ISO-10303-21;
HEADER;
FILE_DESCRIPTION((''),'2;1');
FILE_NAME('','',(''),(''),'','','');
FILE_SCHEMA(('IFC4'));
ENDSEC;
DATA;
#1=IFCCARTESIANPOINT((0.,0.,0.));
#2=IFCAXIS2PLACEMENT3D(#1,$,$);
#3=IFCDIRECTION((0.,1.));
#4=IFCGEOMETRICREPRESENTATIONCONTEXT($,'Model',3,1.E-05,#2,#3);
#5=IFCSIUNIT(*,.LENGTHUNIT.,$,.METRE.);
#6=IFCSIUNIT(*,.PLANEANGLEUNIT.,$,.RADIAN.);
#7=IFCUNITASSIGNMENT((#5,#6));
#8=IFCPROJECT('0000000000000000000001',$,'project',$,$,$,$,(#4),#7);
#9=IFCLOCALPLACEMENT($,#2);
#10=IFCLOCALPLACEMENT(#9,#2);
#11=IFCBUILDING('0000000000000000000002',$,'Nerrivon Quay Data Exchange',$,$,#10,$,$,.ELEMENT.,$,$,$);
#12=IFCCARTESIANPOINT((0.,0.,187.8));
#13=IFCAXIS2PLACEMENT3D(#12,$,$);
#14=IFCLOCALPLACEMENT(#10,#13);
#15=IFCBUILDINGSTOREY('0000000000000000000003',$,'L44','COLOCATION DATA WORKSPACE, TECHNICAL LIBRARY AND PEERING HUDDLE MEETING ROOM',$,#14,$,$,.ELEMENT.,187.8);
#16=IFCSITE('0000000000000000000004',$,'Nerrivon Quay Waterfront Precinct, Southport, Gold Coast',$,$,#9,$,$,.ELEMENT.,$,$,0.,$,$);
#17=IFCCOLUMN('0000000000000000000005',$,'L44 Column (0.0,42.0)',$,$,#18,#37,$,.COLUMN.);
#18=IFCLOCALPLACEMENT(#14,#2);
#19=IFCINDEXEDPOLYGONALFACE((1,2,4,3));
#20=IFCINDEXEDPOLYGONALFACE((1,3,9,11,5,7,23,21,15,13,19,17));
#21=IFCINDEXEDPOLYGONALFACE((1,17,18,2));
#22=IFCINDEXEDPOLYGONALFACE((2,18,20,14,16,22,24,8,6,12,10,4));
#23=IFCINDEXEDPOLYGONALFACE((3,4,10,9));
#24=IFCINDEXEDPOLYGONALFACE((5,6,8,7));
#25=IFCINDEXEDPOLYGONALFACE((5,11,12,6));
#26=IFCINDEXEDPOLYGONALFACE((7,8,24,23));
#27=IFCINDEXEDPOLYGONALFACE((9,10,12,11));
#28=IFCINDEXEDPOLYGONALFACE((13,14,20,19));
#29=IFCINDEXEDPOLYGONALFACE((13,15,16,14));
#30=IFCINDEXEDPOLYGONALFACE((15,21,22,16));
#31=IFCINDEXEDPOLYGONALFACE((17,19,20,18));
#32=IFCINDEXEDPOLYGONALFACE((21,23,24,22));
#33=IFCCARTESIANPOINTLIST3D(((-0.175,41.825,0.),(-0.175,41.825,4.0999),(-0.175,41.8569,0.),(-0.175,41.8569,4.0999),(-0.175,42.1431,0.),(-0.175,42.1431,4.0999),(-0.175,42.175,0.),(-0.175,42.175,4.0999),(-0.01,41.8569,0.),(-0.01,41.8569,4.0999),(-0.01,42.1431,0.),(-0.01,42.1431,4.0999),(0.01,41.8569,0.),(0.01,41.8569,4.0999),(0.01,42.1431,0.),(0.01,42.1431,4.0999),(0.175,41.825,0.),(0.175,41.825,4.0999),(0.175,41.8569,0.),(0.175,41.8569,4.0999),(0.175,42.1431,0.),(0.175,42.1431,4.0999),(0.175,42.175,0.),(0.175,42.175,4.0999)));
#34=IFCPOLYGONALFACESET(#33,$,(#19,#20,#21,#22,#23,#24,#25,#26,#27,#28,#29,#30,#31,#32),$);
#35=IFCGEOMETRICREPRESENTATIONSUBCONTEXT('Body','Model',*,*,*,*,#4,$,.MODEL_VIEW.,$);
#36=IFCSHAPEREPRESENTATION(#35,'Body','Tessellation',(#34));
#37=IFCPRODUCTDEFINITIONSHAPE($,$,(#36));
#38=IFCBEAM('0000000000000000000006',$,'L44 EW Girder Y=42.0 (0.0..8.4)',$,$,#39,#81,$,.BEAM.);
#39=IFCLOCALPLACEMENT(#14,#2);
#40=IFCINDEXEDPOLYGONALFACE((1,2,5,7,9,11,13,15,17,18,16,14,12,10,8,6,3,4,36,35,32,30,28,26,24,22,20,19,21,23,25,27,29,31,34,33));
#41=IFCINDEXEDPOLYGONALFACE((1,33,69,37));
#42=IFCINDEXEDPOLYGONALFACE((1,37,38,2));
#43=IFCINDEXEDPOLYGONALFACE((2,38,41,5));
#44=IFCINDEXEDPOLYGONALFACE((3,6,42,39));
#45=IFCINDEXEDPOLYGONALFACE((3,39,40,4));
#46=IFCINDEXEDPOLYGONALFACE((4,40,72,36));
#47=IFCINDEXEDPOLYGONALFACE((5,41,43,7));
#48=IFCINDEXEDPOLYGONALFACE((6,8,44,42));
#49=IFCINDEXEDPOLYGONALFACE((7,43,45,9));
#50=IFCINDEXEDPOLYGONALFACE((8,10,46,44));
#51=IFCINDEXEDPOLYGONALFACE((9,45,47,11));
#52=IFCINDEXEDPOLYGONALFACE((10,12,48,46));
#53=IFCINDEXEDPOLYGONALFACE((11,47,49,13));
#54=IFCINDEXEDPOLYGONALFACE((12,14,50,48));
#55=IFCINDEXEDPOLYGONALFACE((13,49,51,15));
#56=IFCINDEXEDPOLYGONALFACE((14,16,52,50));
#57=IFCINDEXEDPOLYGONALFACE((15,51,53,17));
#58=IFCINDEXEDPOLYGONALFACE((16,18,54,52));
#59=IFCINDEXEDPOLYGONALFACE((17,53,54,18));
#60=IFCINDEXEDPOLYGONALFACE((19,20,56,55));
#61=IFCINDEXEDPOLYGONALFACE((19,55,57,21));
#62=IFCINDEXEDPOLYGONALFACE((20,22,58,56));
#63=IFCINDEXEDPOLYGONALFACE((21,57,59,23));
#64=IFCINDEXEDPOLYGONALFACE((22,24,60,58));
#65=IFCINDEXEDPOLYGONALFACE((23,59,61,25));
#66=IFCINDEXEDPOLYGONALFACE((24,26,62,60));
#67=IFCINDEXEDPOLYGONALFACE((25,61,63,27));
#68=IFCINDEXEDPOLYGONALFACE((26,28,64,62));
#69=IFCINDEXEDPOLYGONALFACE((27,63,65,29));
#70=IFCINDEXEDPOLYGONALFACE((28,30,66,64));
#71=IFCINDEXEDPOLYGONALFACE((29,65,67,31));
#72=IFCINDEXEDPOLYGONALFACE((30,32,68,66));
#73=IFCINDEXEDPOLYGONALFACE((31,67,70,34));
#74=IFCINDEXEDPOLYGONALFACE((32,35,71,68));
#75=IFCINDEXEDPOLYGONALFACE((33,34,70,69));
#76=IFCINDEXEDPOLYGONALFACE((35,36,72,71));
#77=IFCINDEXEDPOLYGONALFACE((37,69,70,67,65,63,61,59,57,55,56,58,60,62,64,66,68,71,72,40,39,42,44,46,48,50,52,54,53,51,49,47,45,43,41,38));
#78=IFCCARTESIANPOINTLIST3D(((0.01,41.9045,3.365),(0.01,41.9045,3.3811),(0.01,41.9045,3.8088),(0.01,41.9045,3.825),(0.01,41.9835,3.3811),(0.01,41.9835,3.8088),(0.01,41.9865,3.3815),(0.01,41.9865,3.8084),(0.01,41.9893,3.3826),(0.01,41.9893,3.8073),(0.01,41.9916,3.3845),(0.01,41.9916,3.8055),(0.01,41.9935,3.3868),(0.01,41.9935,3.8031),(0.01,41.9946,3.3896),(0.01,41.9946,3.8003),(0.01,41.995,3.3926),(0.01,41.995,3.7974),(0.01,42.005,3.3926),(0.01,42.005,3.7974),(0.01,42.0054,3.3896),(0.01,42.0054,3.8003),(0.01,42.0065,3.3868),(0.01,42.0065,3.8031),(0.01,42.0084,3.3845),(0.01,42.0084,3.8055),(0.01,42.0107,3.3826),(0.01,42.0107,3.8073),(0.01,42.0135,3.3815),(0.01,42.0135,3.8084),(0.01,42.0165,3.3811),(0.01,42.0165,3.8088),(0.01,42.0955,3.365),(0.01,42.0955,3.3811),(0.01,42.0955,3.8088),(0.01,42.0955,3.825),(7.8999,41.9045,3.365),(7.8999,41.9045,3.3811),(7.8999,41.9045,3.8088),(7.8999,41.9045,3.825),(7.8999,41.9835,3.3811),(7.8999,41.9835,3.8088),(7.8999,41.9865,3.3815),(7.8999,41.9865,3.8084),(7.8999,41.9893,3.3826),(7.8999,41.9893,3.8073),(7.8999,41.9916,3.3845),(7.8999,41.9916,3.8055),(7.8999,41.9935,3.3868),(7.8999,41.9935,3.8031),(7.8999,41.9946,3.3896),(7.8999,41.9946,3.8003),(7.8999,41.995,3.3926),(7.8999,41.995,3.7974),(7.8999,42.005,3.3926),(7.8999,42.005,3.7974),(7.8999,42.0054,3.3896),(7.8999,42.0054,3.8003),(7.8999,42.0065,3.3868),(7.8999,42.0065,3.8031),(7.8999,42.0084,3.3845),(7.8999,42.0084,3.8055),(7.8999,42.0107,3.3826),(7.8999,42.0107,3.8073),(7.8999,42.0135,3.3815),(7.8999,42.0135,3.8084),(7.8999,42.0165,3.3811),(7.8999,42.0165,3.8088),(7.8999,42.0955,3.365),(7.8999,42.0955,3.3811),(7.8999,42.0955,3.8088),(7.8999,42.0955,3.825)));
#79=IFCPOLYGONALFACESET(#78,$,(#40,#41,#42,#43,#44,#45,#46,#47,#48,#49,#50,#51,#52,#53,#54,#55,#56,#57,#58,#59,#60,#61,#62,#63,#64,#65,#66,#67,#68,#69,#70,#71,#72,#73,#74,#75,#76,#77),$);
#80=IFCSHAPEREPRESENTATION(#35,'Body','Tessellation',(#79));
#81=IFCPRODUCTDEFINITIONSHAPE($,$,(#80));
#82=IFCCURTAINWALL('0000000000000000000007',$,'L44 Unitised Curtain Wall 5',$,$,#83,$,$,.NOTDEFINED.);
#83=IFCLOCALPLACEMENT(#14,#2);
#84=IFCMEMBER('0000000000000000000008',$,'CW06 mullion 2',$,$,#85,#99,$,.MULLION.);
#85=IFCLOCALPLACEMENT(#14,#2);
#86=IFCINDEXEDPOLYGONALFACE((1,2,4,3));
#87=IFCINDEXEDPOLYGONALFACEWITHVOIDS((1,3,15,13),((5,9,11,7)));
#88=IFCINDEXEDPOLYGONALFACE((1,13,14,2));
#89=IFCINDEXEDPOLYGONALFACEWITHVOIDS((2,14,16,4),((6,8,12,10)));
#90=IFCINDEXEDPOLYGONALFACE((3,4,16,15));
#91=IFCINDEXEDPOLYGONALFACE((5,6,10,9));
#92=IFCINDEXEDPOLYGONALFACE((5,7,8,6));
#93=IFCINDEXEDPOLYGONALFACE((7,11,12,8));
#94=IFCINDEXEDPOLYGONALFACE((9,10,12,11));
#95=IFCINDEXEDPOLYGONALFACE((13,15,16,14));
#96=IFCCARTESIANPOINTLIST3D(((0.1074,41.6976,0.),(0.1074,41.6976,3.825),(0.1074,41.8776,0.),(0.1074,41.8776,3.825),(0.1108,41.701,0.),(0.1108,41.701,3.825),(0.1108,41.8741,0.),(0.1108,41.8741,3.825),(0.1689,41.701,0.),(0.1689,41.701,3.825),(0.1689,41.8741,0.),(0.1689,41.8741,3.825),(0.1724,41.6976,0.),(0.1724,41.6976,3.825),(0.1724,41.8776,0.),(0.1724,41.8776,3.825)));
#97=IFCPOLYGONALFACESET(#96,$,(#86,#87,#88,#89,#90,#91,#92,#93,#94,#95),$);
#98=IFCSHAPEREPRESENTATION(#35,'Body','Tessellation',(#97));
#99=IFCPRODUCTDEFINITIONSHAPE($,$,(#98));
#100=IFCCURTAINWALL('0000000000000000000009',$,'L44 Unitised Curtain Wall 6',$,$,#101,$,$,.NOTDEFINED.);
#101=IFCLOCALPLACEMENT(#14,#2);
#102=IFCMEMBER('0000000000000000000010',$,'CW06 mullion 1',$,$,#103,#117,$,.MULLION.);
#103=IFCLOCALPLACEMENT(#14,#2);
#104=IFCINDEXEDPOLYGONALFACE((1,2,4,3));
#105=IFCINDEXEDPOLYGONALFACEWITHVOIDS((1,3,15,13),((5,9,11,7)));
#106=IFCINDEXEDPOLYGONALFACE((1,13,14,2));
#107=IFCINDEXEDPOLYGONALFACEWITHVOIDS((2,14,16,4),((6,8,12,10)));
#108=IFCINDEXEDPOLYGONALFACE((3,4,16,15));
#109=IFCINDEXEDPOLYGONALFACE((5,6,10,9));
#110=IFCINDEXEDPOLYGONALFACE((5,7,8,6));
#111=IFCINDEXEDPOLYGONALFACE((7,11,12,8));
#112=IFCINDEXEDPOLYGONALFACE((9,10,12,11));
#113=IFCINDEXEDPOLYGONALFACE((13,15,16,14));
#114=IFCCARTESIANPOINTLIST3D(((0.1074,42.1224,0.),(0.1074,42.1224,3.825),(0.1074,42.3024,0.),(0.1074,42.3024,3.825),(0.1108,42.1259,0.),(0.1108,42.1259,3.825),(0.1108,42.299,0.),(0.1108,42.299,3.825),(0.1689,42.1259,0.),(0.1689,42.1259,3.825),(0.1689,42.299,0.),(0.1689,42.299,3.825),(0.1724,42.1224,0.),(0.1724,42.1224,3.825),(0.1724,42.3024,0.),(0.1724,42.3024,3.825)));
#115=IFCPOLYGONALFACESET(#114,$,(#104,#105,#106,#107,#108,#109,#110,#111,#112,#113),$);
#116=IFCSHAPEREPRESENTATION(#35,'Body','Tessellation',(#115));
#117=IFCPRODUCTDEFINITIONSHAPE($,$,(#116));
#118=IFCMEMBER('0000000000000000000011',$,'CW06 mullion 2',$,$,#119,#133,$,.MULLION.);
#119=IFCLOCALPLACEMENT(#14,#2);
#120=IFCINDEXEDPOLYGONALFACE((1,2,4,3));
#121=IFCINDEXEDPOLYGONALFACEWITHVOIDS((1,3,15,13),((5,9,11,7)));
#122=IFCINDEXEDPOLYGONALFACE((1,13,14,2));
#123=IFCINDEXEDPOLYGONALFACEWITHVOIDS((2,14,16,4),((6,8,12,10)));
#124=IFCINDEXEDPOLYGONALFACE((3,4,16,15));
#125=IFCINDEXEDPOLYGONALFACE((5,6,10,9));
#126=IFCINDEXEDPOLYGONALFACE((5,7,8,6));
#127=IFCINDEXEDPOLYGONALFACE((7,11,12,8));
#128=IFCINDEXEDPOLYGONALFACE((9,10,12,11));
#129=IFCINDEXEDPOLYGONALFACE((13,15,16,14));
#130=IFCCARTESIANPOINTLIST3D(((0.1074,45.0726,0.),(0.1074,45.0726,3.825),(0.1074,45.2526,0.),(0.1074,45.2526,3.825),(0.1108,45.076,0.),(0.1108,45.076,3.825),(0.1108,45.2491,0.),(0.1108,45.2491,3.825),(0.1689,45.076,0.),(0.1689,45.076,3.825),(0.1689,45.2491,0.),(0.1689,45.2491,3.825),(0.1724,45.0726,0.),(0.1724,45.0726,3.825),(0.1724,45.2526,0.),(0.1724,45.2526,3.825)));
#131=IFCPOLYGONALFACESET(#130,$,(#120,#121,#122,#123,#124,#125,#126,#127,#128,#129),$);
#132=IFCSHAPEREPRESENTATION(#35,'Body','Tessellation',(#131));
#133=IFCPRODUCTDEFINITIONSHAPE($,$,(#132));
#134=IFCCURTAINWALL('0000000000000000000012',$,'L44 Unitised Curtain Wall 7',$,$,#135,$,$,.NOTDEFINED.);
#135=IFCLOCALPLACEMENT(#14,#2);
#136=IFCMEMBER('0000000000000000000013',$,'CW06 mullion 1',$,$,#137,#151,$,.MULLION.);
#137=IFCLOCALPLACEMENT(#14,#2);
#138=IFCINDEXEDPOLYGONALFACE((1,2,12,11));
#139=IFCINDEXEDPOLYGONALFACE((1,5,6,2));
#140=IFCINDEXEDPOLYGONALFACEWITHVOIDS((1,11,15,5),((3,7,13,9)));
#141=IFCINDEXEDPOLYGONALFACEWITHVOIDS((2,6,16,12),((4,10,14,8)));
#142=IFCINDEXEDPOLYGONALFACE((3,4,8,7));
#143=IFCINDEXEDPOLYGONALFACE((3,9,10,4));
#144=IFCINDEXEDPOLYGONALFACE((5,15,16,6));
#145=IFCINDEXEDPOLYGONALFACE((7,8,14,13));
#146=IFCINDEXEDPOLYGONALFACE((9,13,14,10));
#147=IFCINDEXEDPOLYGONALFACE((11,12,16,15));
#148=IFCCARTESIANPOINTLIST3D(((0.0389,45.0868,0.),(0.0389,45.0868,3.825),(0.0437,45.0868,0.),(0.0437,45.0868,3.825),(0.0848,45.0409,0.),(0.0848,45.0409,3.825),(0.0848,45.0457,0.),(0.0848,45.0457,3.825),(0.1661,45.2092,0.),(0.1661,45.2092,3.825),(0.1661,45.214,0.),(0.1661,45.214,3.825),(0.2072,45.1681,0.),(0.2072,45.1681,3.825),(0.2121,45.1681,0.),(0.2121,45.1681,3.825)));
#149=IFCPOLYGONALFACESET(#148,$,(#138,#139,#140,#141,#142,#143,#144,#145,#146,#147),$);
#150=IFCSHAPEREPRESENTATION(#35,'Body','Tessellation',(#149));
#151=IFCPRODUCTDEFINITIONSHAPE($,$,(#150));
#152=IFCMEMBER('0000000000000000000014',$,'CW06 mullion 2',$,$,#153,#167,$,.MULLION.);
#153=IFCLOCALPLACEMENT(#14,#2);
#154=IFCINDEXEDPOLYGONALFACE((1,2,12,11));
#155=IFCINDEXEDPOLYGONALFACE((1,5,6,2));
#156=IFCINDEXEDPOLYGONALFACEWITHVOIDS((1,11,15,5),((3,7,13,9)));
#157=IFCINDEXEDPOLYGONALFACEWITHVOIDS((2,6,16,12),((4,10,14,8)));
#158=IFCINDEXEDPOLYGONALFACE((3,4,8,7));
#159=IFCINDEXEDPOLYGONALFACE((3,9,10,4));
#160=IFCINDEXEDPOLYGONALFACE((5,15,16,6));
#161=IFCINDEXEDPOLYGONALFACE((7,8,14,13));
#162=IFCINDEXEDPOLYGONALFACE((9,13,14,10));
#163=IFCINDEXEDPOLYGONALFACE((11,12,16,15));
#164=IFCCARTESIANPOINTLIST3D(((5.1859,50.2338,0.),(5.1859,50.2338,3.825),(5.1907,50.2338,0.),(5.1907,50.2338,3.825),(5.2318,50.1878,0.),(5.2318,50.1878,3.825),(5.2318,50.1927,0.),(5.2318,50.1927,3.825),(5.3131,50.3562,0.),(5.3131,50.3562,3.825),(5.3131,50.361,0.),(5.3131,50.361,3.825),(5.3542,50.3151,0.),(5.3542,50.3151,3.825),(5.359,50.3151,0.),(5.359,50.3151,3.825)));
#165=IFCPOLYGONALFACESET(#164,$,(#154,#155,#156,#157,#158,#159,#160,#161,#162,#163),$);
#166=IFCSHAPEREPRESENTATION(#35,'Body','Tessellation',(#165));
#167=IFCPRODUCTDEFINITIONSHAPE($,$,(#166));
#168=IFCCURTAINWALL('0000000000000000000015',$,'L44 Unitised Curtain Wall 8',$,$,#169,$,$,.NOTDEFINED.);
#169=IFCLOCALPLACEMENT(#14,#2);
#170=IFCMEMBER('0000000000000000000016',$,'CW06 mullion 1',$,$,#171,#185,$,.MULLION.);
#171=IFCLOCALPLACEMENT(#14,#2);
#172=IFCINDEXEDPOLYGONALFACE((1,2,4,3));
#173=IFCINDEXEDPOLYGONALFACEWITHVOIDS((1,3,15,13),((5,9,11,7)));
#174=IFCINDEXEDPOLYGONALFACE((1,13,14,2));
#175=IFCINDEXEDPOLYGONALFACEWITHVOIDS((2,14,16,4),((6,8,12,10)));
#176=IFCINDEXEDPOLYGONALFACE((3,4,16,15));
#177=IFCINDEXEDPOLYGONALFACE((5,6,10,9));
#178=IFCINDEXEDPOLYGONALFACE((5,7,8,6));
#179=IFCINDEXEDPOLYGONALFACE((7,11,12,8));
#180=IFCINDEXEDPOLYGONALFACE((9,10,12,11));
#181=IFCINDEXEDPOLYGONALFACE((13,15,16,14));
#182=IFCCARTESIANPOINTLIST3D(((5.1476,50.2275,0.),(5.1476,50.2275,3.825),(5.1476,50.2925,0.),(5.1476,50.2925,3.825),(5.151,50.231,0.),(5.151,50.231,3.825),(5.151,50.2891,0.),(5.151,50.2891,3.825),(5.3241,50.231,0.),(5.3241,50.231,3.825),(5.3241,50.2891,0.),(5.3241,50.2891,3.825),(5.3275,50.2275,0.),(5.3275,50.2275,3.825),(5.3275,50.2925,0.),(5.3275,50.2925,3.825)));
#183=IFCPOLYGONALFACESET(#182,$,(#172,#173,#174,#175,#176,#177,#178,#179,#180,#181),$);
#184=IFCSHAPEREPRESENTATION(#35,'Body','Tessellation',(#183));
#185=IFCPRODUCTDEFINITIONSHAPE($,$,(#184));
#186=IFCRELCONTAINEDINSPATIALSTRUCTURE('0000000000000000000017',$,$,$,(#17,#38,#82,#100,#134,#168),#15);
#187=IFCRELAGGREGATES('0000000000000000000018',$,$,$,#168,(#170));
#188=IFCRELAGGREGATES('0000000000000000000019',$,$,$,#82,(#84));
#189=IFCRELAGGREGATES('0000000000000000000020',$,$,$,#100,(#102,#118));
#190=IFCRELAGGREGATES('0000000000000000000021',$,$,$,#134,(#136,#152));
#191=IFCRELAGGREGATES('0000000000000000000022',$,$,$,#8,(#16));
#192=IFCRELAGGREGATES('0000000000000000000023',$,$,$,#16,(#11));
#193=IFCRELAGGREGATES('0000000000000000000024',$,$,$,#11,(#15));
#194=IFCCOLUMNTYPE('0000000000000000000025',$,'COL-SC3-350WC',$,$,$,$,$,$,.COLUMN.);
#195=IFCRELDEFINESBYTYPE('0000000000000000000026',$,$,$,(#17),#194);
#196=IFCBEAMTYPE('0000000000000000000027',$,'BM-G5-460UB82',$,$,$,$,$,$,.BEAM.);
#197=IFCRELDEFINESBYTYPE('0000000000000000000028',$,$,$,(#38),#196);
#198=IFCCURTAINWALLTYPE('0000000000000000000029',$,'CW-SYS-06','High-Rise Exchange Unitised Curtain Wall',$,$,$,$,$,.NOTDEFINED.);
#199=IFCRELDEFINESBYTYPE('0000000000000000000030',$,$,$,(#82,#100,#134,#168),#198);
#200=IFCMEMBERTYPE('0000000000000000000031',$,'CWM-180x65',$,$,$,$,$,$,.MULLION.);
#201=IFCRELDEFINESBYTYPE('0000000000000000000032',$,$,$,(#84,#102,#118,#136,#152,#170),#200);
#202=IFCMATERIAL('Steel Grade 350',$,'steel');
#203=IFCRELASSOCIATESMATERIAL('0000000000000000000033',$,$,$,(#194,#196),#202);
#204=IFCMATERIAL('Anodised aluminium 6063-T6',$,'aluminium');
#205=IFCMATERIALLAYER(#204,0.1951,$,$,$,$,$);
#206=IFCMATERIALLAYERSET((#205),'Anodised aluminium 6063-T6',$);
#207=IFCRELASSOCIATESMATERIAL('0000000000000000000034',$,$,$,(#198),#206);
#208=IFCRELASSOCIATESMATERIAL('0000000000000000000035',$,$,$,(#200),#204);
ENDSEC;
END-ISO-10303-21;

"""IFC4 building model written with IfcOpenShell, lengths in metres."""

from ifc_helpers import new_model, si_unit, direction, frame, origin, origin_2d, place, context, subcontext, project, spatial, hollow_rectangle, i_section, extrude, material, layer, layer_set, material_profile, profile_set, type_object, element, aggregate, save


model = new_model("IFC4")

# Units and contexts
model_context = context("Model", 3, precision=1e-05, world=origin(), true_north=direction((0.0, 1.0)))
body_context = subcontext(model_context, "Body", "Model", "MODEL_VIEW")
ifc_project = project(units=[si_unit("LENGTHUNIT", "METRE"), si_unit("PLANEANGLEUNIT", "RADIAN")], contexts=[model_context])

# Site, building, storey
site_placement = place(None, origin())
site = spatial("IfcSite", under=ifc_project, at=site_placement, Name="Nerrivon Quay Waterfront Precinct, Southport, Gold Coast", CompositionType="ELEMENT", RefElevation=0.0)
building_placement = place(site_placement, origin())
building = spatial("IfcBuilding", under=site, at=building_placement, Name="Nerrivon Quay Data Exchange", CompositionType="ELEMENT")
storey_placement = place(building_placement, frame((0.0, 0.0, 187.8)))
storey = spatial("IfcBuildingStorey", under=building, at=storey_placement, Name="L44", Description="COLOCATION DATA WORKSPACE, TECHNICAL LIBRARY AND PEERING HUDDLE MEETING ROOM", CompositionType="ELEMENT", Elevation=187.8)

# Column
ifc_material_1 = material(Name="Steel Grade 350", Category="steel")
ifc_material_profile_1 = material_profile(ifc_material_1, i_section(OverallWidth=0.3501, OverallDepth=0.3501, WebThickness=0.02, FlangeThickness=0.032, at=origin_2d()), Name="350WC230")
ifc_profile_set_1 = profile_set([ifc_material_profile_1], Name="Steel Grade 350")
column_type = type_object("IfcColumnType", Name="COL-SC3-350WC", PredefinedType="COLUMN", material=ifc_profile_set_1)
column_placement = place(storey_placement, frame((0.0, 42.0, 0.0), z_axis=(0.0, 0.0, 1.0), x_axis=(1.0, 0.0, 0.0)))
element("IfcColumn", 1, at=column_placement, inside=storey, type_object=column_type, Name="L44 Column (0.0,42.0)", PredefinedType="COLUMN", context=body_context, shape_type="SweptSolid", body=[
    extrude(i_section(OverallWidth=0.3501, OverallDepth=0.3501, WebThickness=0.02, FlangeThickness=0.032, at=origin_2d()), origin(), (0.0, 0.0, 1.0), 4.0999),
])

# Beam
ifc_material_profile_2 = material_profile(ifc_material_1, i_section(OverallWidth=0.1909, OverallDepth=0.46, WebThickness=0.01, FlangeThickness=0.0161, FilletRadius=0.0115, at=origin_2d()), Name="460UB82.1")
ifc_profile_set_2 = profile_set([ifc_material_profile_2], Name="Steel Grade 350")
beam_type = type_object("IfcBeamType", Name="BM-G5-460UB82", PredefinedType="BEAM", material=ifc_profile_set_2)
beam_placement = place(storey_placement, frame((0.01, 42.0, 3.595), z_axis=(1.0, 0.0, 0.0), x_axis=(0.0, 1.0, 0.0)))
element("IfcBeam", 2, at=beam_placement, inside=storey, type_object=beam_type, Name="L44 EW Girder Y=42.0 (0.0..8.4)", PredefinedType="BEAM", context=body_context, shape_type="SweptSolid", body=[
    extrude(i_section(OverallWidth=0.1909, OverallDepth=0.46, WebThickness=0.01, FlangeThickness=0.0161, FilletRadius=0.0115, at=origin_2d()), origin(), (0.0, 0.0, 1.0), 7.8899),
])

# Curtain wall, member
ifc_material_2 = material(Name="Anodised aluminium 6063-T6", Category="aluminium")
ifc_layer_1 = layer(ifc_material_2, 0.1951)
ifc_layer_set_1 = layer_set([ifc_layer_1], Name="Anodised aluminium 6063-T6")
curtain_wall_type = type_object("IfcCurtainWallType", Name="CW-SYS-06", Description="High-Rise Exchange Unitised Curtain Wall", PredefinedType="NOTDEFINED", material=ifc_layer_set_1)
curtain_wall_1_placement = place(storey_placement, origin())
curtain_wall_1 = element("IfcCurtainWall", 3, at=curtain_wall_1_placement, inside=storey, type_object=curtain_wall_type, Name="L44 Unitised Curtain Wall 5", PredefinedType="NOTDEFINED")
ifc_material_profile_3 = material_profile(ifc_material_2, hollow_rectangle(XDim=0.0649, YDim=0.1799, WallThickness=0.0034, at=origin_2d()), Name="ALU-MULL-180x65")
ifc_profile_set_3 = profile_set([ifc_material_profile_3], Name="Anodised aluminium 6063-T6")
member_type_1 = type_object("IfcMemberType", Name="CWM-180x65", PredefinedType="MULLION", material=ifc_profile_set_3)
member_1_placement = place(storey_placement, frame((0.1399, 41.7876, 0.0), z_axis=(0.0, 0.0, 1.0), x_axis=(-1.0, 0.0, 0.0)))
member_1 = element("IfcMember", 4, at=member_1_placement, type_object=member_type_1, Name="CW06 mullion 2", PredefinedType="MULLION", context=body_context, shape_type="SweptSolid", body=[
    extrude(hollow_rectangle(XDim=0.0649, YDim=0.1799, WallThickness=0.0034, at=origin_2d()), origin(), (0.0, 0.0, 1.0), 3.825),
])

# Curtain walls, members
curtain_wall_2_placement = place(storey_placement, origin())
curtain_wall_2 = element("IfcCurtainWall", 5, at=curtain_wall_2_placement, inside=storey, type_object=curtain_wall_type, Name="L44 Unitised Curtain Wall 6", PredefinedType="NOTDEFINED")
member_2_placement = place(storey_placement, frame((0.1399, 42.2124, 0.0), z_axis=(0.0, 0.0, 1.0), x_axis=(-1.0, 0.0, 0.0)))
member_2 = element("IfcMember", 6, at=member_2_placement, type_object=member_type_1, Name="CW06 mullion 1", PredefinedType="MULLION", context=body_context, shape_type="SweptSolid", body=[
    extrude(hollow_rectangle(XDim=0.0649, YDim=0.1799, WallThickness=0.0034, at=origin_2d()), origin(), (0.0, 0.0, 1.0), 3.825),
])
member_3_placement = place(storey_placement, frame((0.1399, 45.1626, 0.0), z_axis=(0.0, 0.0, 1.0), x_axis=(-1.0, 0.0, 0.0)))
member_3 = element("IfcMember", 7, at=member_3_placement, type_object=member_type_1, Name="CW06 mullion 2", PredefinedType="MULLION", context=body_context, shape_type="SweptSolid", body=[
    extrude(hollow_rectangle(XDim=0.0649, YDim=0.1799, WallThickness=0.0034, at=origin_2d()), origin(), (0.0, 0.0, 1.0), 3.825),
])
curtain_wall_3_placement = place(storey_placement, origin())
curtain_wall_3 = element("IfcCurtainWall", 8, at=curtain_wall_3_placement, inside=storey, type_object=curtain_wall_type, Name="L44 Unitised Curtain Wall 7", PredefinedType="NOTDEFINED")
member_4_placement = place(storey_placement, frame((0.1255, 45.1274, 0.0), z_axis=(0.0, 0.0, 1.0), x_axis=(-0.707107, 0.707107, 0.0)))
member_4 = element("IfcMember", 9, at=member_4_placement, type_object=member_type_1, Name="CW06 mullion 1", PredefinedType="MULLION", context=body_context, shape_type="SweptSolid", body=[
    extrude(hollow_rectangle(XDim=0.0649, YDim=0.1799, WallThickness=0.0034, at=origin_2d()), origin(), (0.0, 0.0, 1.0), 3.825),
])
member_5_placement = place(storey_placement, frame((5.2725, 50.2744, 0.0), z_axis=(0.0, 0.0, 1.0), x_axis=(-0.707107, 0.707107, 0.0)))
member_5 = element("IfcMember", 10, at=member_5_placement, type_object=member_type_1, Name="CW06 mullion 2", PredefinedType="MULLION", context=body_context, shape_type="SweptSolid", body=[
    extrude(hollow_rectangle(XDim=0.0649, YDim=0.1799, WallThickness=0.0034, at=origin_2d()), origin(), (0.0, 0.0, 1.0), 3.825),
])

# Curtain wall, member
curtain_wall_4_placement = place(storey_placement, origin())
curtain_wall_4 = element("IfcCurtainWall", 11, at=curtain_wall_4_placement, inside=storey, type_object=curtain_wall_type, Name="L44 Unitised Curtain Wall 8", PredefinedType="NOTDEFINED")
member_6_placement = place(storey_placement, frame((5.2375, 50.26, 0.0), z_axis=(0.0, 0.0, 1.0), x_axis=(0.0, 1.0, 0.0)))
member_6 = element("IfcMember", 12, at=member_6_placement, type_object=member_type_1, Name="CW06 mullion 1", PredefinedType="MULLION", context=body_context, shape_type="SweptSolid", body=[
    extrude(hollow_rectangle(XDim=0.0649, YDim=0.1799, WallThickness=0.0034, at=origin_2d()), origin(), (0.0, 0.0, 1.0), 3.825),
])

aggregate(curtain_wall_4, [member_6])

aggregate(curtain_wall_1, [member_1])
aggregate(curtain_wall_2, [member_2, member_3])
aggregate(curtain_wall_3, [member_4, member_5])

save(model, "model.ifc")
